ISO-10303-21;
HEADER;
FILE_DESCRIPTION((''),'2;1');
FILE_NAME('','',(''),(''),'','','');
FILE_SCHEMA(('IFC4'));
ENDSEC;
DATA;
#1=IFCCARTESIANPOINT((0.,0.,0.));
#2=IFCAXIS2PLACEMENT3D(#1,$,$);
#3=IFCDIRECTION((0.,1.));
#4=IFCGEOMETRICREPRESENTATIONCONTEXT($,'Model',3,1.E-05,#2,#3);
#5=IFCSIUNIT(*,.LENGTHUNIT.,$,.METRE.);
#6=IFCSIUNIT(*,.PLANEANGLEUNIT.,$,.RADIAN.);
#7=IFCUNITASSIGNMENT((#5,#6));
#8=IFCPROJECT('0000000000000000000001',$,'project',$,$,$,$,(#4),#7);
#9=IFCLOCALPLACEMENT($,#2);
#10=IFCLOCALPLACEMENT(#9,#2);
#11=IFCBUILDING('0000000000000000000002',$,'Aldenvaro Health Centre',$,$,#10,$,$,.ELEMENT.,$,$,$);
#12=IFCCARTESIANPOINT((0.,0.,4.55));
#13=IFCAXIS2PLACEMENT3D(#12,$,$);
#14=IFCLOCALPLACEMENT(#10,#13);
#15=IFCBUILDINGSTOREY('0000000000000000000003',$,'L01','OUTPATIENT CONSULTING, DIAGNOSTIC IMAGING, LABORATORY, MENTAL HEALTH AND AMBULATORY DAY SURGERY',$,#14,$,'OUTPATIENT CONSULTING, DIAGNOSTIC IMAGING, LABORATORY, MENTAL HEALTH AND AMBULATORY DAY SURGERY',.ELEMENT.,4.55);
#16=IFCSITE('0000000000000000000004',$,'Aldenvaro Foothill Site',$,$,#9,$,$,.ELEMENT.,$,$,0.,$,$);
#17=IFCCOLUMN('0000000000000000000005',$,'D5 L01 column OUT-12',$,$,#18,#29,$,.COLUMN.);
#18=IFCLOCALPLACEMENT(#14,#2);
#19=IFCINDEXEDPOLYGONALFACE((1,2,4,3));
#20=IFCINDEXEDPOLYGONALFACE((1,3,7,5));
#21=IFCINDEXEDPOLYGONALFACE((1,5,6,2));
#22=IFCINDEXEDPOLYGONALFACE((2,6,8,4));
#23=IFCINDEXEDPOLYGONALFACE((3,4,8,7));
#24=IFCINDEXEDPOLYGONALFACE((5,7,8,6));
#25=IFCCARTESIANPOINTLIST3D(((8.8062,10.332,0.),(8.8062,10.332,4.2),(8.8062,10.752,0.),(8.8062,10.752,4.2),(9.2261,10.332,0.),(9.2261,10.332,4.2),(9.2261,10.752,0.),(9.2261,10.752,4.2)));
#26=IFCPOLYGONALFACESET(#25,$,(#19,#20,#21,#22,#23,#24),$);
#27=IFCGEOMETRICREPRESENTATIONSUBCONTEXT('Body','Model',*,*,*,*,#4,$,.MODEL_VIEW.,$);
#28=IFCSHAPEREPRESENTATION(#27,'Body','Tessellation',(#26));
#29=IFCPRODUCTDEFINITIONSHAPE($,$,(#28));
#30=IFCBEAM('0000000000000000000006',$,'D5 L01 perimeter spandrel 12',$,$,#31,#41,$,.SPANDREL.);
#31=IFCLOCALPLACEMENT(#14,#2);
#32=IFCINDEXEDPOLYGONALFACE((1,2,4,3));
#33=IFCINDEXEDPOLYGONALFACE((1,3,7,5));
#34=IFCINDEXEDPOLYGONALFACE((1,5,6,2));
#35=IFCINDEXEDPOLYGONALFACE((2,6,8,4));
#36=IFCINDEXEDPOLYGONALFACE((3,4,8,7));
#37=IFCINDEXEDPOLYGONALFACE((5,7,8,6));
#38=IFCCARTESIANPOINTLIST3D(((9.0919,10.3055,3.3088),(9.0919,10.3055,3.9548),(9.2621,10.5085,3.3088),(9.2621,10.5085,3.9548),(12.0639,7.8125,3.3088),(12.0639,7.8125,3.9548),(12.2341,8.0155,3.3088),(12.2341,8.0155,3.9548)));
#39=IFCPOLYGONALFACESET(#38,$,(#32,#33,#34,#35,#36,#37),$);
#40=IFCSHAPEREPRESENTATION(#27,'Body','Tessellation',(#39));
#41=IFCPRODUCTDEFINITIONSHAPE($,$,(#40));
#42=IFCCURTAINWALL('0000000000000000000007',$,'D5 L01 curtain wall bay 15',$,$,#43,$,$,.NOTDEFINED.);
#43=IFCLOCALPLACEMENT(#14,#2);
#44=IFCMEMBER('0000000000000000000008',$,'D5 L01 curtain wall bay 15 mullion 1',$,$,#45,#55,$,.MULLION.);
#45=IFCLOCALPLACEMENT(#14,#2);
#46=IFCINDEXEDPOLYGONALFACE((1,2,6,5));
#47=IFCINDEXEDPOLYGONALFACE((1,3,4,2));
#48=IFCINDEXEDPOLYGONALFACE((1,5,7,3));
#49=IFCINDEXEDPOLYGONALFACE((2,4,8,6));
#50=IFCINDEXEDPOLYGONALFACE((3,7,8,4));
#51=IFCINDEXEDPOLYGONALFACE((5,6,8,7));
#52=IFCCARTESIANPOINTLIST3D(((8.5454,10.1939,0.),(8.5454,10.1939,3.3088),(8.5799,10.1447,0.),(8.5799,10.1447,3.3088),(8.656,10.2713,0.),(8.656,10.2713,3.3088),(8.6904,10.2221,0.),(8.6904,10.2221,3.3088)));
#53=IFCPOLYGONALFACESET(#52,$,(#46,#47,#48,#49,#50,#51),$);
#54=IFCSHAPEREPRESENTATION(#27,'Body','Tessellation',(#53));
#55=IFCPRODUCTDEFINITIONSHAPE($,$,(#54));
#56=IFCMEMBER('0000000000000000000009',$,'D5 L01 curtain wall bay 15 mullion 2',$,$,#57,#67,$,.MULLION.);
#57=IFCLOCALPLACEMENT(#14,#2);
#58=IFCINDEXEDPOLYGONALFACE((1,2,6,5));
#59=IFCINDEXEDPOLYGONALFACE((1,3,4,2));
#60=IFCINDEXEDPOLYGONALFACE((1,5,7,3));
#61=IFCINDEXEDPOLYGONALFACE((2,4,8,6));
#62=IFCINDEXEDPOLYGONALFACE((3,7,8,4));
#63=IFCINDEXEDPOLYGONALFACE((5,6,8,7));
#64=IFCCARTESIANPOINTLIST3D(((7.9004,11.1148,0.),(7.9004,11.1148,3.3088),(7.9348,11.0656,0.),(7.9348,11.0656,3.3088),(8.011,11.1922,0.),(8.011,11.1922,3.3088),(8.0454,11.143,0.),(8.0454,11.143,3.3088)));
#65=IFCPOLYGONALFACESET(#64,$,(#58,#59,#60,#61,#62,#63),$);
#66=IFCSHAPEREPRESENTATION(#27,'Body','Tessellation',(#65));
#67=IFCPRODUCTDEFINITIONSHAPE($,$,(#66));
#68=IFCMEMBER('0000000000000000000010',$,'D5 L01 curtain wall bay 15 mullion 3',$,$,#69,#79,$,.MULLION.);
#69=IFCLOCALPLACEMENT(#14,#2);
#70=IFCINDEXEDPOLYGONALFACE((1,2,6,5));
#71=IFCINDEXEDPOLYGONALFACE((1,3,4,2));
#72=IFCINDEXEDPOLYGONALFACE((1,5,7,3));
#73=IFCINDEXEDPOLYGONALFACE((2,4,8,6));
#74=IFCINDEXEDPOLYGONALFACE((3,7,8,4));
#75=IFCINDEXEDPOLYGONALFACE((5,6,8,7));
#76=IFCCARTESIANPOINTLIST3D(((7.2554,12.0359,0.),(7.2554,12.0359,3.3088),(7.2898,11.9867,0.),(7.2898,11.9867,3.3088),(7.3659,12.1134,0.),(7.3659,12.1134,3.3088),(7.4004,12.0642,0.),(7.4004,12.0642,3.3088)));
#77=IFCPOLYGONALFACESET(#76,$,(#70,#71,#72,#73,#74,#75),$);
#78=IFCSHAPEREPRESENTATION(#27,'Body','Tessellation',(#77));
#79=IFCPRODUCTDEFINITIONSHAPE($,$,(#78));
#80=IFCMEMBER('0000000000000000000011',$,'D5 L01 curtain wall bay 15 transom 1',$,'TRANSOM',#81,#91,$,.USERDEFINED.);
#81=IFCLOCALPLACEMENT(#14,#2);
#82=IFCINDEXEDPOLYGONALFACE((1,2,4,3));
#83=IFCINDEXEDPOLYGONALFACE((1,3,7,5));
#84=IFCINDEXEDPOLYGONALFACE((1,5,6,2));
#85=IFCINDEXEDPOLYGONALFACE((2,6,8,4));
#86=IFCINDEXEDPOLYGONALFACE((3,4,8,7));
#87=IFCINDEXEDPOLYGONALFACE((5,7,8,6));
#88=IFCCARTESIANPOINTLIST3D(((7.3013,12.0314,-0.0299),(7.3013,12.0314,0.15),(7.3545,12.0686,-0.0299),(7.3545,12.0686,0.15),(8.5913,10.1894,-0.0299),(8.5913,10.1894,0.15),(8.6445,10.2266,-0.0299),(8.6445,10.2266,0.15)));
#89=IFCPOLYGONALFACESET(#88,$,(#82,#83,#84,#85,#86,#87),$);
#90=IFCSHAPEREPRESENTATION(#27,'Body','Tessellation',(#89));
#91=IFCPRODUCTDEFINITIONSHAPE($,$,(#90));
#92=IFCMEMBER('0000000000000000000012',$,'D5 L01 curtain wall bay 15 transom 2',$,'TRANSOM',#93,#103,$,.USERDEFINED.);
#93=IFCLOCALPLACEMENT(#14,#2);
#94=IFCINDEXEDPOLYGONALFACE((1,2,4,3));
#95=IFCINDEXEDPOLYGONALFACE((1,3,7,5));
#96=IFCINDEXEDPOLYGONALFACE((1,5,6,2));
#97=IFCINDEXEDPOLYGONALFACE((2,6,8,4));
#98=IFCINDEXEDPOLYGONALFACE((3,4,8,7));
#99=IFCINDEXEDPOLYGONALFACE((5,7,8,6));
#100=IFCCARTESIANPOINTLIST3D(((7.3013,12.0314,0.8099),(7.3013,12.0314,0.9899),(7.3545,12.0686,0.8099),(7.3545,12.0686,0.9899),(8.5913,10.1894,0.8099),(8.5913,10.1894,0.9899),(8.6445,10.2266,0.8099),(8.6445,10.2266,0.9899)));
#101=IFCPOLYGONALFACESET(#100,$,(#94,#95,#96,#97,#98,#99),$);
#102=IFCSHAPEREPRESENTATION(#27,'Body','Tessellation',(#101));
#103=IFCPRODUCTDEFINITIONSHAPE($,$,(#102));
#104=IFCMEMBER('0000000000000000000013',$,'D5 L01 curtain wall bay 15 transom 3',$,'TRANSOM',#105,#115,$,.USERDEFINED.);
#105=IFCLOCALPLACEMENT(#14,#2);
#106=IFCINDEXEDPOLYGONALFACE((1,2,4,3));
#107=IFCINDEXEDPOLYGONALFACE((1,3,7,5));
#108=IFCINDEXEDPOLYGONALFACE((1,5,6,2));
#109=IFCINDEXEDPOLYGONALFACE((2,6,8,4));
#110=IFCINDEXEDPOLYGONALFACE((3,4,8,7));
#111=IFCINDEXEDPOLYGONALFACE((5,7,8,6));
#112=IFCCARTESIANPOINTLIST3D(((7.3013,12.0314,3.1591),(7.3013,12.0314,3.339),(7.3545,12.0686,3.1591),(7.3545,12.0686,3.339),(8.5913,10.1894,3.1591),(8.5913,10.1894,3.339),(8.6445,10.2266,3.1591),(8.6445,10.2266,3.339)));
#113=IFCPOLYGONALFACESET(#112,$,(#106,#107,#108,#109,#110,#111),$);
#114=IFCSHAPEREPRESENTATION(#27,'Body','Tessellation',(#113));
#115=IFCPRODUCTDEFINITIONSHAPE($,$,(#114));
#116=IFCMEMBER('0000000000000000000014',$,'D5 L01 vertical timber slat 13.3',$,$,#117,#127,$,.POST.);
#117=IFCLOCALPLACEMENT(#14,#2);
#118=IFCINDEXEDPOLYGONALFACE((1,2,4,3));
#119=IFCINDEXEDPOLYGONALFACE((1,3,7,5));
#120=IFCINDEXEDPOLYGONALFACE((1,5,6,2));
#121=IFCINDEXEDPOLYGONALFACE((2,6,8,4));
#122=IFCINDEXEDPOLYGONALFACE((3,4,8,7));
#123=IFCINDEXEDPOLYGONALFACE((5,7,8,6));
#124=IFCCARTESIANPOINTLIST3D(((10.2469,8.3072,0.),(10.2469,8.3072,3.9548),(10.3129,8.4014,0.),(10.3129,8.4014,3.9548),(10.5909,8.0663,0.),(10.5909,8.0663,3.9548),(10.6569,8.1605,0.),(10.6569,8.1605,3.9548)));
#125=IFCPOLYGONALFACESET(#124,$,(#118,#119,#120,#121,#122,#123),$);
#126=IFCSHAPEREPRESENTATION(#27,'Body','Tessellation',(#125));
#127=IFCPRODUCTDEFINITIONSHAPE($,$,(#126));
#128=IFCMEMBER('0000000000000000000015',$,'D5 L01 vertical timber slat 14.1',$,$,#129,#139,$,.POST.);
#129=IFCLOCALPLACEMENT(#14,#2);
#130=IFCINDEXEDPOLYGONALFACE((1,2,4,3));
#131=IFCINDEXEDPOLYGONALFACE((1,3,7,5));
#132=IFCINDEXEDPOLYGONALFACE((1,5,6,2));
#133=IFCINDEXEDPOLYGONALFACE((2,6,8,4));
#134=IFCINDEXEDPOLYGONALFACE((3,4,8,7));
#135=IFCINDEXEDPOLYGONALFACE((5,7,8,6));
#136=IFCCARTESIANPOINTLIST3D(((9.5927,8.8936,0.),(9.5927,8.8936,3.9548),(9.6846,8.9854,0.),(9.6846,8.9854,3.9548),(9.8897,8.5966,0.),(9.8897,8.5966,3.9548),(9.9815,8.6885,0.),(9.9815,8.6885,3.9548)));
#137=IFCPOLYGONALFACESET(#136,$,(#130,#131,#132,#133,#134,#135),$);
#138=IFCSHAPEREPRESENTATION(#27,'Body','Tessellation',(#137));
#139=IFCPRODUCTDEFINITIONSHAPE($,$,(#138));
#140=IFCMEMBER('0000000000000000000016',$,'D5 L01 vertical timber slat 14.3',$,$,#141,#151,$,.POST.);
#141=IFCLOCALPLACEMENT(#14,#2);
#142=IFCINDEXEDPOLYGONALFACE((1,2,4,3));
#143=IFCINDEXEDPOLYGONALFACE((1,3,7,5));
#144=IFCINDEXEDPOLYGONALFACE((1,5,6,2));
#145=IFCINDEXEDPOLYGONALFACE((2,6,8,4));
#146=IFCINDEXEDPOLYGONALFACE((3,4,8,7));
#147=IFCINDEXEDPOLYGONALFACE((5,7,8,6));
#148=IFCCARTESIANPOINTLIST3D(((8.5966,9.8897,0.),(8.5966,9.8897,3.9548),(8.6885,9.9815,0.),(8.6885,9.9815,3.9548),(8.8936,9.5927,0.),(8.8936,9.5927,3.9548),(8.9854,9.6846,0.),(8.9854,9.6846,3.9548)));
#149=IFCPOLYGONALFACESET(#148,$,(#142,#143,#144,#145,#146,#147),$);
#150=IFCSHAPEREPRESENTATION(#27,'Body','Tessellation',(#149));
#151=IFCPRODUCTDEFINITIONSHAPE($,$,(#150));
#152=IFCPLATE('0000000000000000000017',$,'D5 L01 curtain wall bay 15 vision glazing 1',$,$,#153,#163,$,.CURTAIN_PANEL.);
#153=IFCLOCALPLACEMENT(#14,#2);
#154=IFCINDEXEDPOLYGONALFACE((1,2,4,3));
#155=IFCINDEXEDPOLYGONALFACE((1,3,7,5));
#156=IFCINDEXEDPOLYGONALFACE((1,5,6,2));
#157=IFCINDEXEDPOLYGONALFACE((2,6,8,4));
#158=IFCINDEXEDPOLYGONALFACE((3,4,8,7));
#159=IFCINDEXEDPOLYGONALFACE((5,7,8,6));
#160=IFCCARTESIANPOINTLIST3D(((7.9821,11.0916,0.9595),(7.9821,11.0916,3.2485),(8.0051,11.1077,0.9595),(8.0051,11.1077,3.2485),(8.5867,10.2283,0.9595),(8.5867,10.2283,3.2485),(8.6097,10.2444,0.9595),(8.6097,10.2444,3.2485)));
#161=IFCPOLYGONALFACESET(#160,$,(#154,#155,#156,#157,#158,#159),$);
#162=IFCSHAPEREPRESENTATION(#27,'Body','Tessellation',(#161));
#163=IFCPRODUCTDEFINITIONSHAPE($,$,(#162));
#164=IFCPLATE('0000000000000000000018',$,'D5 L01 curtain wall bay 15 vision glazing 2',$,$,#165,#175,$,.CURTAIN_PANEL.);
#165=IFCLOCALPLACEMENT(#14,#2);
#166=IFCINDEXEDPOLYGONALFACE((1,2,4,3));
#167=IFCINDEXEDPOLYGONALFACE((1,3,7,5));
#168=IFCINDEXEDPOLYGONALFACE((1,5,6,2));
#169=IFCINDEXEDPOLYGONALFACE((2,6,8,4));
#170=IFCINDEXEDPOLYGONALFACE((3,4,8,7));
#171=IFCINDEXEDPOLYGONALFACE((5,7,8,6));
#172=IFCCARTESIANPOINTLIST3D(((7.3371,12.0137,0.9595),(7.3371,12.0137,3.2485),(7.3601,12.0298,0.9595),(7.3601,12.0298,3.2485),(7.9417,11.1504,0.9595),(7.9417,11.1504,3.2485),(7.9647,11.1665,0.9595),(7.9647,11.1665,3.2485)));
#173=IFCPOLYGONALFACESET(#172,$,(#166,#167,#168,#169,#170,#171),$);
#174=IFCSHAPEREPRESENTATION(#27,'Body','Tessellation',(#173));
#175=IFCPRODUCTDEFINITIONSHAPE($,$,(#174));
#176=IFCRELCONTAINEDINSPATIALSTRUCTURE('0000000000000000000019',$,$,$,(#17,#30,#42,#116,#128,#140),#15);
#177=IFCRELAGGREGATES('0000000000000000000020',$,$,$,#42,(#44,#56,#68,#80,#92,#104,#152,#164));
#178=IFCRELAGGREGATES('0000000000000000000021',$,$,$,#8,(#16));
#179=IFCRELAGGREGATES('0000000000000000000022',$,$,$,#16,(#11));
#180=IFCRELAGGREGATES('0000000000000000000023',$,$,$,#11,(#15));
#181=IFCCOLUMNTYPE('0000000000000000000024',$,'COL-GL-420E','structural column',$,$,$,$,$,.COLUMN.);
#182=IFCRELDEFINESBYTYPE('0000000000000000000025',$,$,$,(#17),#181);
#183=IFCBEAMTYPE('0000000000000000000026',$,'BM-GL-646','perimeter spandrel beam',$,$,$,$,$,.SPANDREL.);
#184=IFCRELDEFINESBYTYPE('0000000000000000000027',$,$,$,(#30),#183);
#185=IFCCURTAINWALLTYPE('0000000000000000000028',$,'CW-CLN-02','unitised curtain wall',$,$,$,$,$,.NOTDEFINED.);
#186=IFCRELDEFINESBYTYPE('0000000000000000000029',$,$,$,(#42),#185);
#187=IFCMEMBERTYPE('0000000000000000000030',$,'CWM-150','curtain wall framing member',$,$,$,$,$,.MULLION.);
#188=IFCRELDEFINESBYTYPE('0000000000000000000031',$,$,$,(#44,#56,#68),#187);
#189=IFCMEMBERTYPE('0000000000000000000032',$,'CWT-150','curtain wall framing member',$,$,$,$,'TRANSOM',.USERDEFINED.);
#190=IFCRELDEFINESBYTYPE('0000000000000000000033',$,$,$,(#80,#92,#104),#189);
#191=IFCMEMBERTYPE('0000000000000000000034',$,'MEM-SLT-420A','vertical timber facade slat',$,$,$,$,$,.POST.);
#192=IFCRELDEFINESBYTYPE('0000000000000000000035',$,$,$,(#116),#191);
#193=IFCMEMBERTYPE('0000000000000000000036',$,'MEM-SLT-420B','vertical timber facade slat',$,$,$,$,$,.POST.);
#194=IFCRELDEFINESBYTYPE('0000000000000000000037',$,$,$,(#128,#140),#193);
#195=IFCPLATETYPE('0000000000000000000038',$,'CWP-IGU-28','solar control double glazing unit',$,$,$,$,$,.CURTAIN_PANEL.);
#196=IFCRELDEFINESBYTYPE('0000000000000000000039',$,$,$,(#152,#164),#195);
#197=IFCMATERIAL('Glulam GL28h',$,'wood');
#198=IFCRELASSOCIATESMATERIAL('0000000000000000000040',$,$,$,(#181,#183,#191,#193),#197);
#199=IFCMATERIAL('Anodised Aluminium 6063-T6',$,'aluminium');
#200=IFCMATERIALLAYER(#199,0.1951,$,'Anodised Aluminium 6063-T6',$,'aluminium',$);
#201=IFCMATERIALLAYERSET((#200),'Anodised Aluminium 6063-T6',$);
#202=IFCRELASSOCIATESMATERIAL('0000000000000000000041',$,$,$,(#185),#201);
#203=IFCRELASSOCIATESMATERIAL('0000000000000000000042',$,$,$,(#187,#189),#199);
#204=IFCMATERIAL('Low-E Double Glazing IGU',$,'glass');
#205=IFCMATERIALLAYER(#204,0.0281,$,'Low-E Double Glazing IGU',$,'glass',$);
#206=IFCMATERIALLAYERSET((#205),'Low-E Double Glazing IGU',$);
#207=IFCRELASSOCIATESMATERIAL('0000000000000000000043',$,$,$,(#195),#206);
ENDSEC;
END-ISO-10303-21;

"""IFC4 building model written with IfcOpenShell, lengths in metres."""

from ifc_helpers import new_model, si_unit, direction, frame, origin, origin_2d, place, context, subcontext, project, spatial, rectangle, extrude, material, layer, layer_set, material_profile, profile_set, type_object, element, aggregate, save


model = new_model("IFC4")

# Units and contexts
model_context = context("Model", 3, precision=1e-05, world=origin(), true_north=direction((0.0, 1.0)))
body_context = subcontext(model_context, "Body", "Model", "MODEL_VIEW")
ifc_project = project(units=[si_unit("LENGTHUNIT", "METRE"), si_unit("PLANEANGLEUNIT", "RADIAN")], contexts=[model_context])

# Site, building, storey
site_placement = place(None, origin())
site = spatial("IfcSite", under=ifc_project, at=site_placement, Name="Aldenvaro Foothill Site", CompositionType="ELEMENT", RefElevation=0.0)
building_placement = place(site_placement, origin())
building = spatial("IfcBuilding", under=site, at=building_placement, Name="Aldenvaro Health Centre", CompositionType="ELEMENT")
storey_placement = place(building_placement, frame((0.0, 0.0, 4.55)))
storey = spatial("IfcBuildingStorey", under=building, at=storey_placement, Name="L01", Description="OUTPATIENT CONSULTING, DIAGNOSTIC IMAGING, LABORATORY, MENTAL HEALTH AND AMBULATORY DAY SURGERY", LongName="OUTPATIENT CONSULTING, DIAGNOSTIC IMAGING, LABORATORY, MENTAL HEALTH AND AMBULATORY DAY SURGERY", CompositionType="ELEMENT", Elevation=4.55)

# Column
ifc_material_1 = material(Name="Glulam GL28h", Category="wood")
ifc_material_profile_1 = material_profile(ifc_material_1, rectangle(XDim=0.4199, YDim=0.4199, at=origin_2d()), Name="GL 420x420", Category="wood")
ifc_profile_set_1 = profile_set([ifc_material_profile_1], Name="Glulam GL28h")
column_type = type_object("IfcColumnType", Name="COL-GL-420E", Description="structural column", PredefinedType="COLUMN", material=ifc_profile_set_1)
column_placement = place(storey_placement, frame((9.0161, 10.542, 0.0), z_axis=(0.0, 0.0, 1.0), x_axis=(1.0, 0.0, 0.0)))
element("IfcColumn", 1, at=column_placement, inside=storey, type_object=column_type, Name="D5 L01 column OUT-12", PredefinedType="COLUMN", context=body_context, shape_type="SweptSolid", body=[
    extrude(rectangle(XDim=0.4199, YDim=0.4199, at=origin_2d()), origin(), (0.0, 0.0, 1.0), 4.2),
])

# Beam
ifc_material_profile_2 = material_profile(ifc_material_1, rectangle(XDim=0.2649, YDim=0.646, at=origin_2d()), Name="GL 265x646", Category="wood")
ifc_profile_set_2 = profile_set([ifc_material_profile_2], Name="Glulam GL28h")
beam_type = type_object("IfcBeamType", Name="BM-GL-646", Description="perimeter spandrel beam", PredefinedType="SPANDREL", material=ifc_profile_set_2)
beam_placement = place(storey_placement, frame((9.177, 10.407, 3.6318), z_axis=(0.766149, -0.642664, 0.0), x_axis=(0.642664, 0.766149, 0.0)))
element("IfcBeam", 2, at=beam_placement, inside=storey, type_object=beam_type, Name="D5 L01 perimeter spandrel 12", PredefinedType="SPANDREL", context=body_context, shape_type="SweptSolid", body=[
    extrude(rectangle(XDim=0.2649, YDim=0.646, at=origin_2d()), origin(), (0.0, 0.0, 1.0), 3.8792),
])

# Curtain wall, members
ifc_material_2 = material(Name="Anodised Aluminium 6063-T6", Category="aluminium")
ifc_layer_1 = layer(ifc_material_2, 0.1951, Name="Anodised Aluminium 6063-T6", Category="aluminium")
ifc_layer_set_1 = layer_set([ifc_layer_1], Name="Anodised Aluminium 6063-T6")
curtain_wall_type = type_object("IfcCurtainWallType", Name="CW-CLN-02", Description="unitised curtain wall", PredefinedType="NOTDEFINED", material=ifc_layer_set_1)
curtain_wall_placement = place(storey_placement, origin())
curtain_wall = element("IfcCurtainWall", 3, at=curtain_wall_placement, inside=storey, type_object=curtain_wall_type, Name="D5 L01 curtain wall bay 15", PredefinedType="NOTDEFINED")
ifc_material_profile_3 = material_profile(ifc_material_2, rectangle(XDim=0.0601, YDim=0.135, at=origin_2d()), Name="ALU 60x135", Category="aluminium")
ifc_profile_set_3 = profile_set([ifc_material_profile_3], Name="Anodised Aluminium 6063-T6")
member_type_1 = type_object("IfcMemberType", Name="CWM-150", Description="curtain wall framing member", PredefinedType="MULLION", material=ifc_profile_set_3)
member_1_placement = place(storey_placement, frame((8.6179, 10.208, 0.0), z_axis=(0.0, 0.0, 1.0), x_axis=(-0.573641, 0.819107, 0.0)))
member_1 = element("IfcMember", 4, at=member_1_placement, type_object=member_type_1, Name="D5 L01 curtain wall bay 15 mullion 1", PredefinedType="MULLION", context=body_context, shape_type="SweptSolid", body=[
    extrude(rectangle(XDim=0.0601, YDim=0.135, at=origin_2d()), origin(), (0.0, 0.0, 1.0), 3.3088),
])
member_2_placement = place(storey_placement, frame((7.9729, 11.1289, 0.0), z_axis=(0.0, 0.0, 1.0), x_axis=(-0.573641, 0.819107, 0.0)))
member_2 = element("IfcMember", 5, at=member_2_placement, type_object=member_type_1, Name="D5 L01 curtain wall bay 15 mullion 2", PredefinedType="MULLION", context=body_context, shape_type="SweptSolid", body=[
    extrude(rectangle(XDim=0.0601, YDim=0.135, at=origin_2d()), origin(), (0.0, 0.0, 1.0), 3.3088),
])
member_3_placement = place(storey_placement, frame((7.3279, 12.05, 0.0), z_axis=(0.0, 0.0, 1.0), x_axis=(-0.573641, 0.819107, 0.0)))
member_3 = element("IfcMember", 6, at=member_3_placement, type_object=member_type_1, Name="D5 L01 curtain wall bay 15 mullion 3", PredefinedType="MULLION", context=body_context, shape_type="SweptSolid", body=[
    extrude(rectangle(XDim=0.0601, YDim=0.135, at=origin_2d()), origin(), (0.0, 0.0, 1.0), 3.3088),
])
ifc_material_profile_4 = material_profile(ifc_material_2, rectangle(XDim=0.0649, YDim=0.1799, at=origin_2d()), Name="ALU 65x180", Category="aluminium")
ifc_profile_set_4 = profile_set([ifc_material_profile_4], Name="Anodised Aluminium 6063-T6")
member_type_2 = type_object("IfcMemberType", Name="CWT-150", Description="curtain wall framing member", ElementType="TRANSOM", PredefinedType="USERDEFINED", material=ifc_profile_set_4)
member_4_placement = place(storey_placement, frame((8.6179, 10.208, 0.0601), z_axis=(-0.573644, 0.819104, 0.0), x_axis=(-0.819104, -0.573644, 0.0)))
member_4 = element("IfcMember", 7, at=member_4_placement, type_object=member_type_2, Name="D5 L01 curtain wall bay 15 transom 1", ObjectType="TRANSOM", PredefinedType="USERDEFINED", context=body_context, shape_type="SweptSolid", body=[
    extrude(rectangle(XDim=0.0649, YDim=0.1799, at=origin_2d()), origin(), (0.0, 0.0, 1.0), 2.2488),
])
member_5_placement = place(storey_placement, frame((8.6179, 10.208, 0.8999), z_axis=(-0.573644, 0.819104, 0.0), x_axis=(-0.819104, -0.573644, 0.0)))
member_5 = element("IfcMember", 8, at=member_5_placement, type_object=member_type_2, Name="D5 L01 curtain wall bay 15 transom 2", ObjectType="TRANSOM", PredefinedType="USERDEFINED", context=body_context, shape_type="SweptSolid", body=[
    extrude(rectangle(XDim=0.0649, YDim=0.1799, at=origin_2d()), origin(), (0.0, 0.0, 1.0), 2.2488),
])
member_6_placement = place(storey_placement, frame((8.6179, 10.208, 3.249), z_axis=(-0.573644, 0.819104, 0.0), x_axis=(-0.819104, -0.573644, 0.0)))
member_6 = element("IfcMember", 9, at=member_6_placement, type_object=member_type_2, Name="D5 L01 curtain wall bay 15 transom 3", ObjectType="TRANSOM", PredefinedType="USERDEFINED", context=body_context, shape_type="SweptSolid", body=[
    extrude(rectangle(XDim=0.0649, YDim=0.1799, at=origin_2d()), origin(), (0.0, 0.0, 1.0), 2.2488),
])

# Members
ifc_material_profile_5 = material_profile(ifc_material_1, rectangle(XDim=0.115, YDim=0.4199, at=origin_2d()), Name="GL 115x420", Category="wood")
ifc_profile_set_5 = profile_set([ifc_material_profile_5], Name="Glulam GL28h")
member_type_3 = type_object("IfcMemberType", Name="MEM-SLT-420A", Description="vertical timber facade slat", PredefinedType="POST", material=ifc_profile_set_5)
member_7_placement = place(storey_placement, frame((10.4519, 8.2339, 0.0), z_axis=(0.0, 0.0, 1.0), x_axis=(-0.573641, -0.819107, 0.0)))
element("IfcMember", 10, at=member_7_placement, inside=storey, type_object=member_type_3, Name="D5 L01 vertical timber slat 13.3", PredefinedType="POST", context=body_context, shape_type="SweptSolid", body=[
    extrude(rectangle(XDim=0.115, YDim=0.4199, at=origin_2d()), origin(), (0.0, 0.0, 1.0), 3.9548),
])
ifc_material_profile_6 = material_profile(ifc_material_1, rectangle(XDim=0.1299, YDim=0.4199, at=origin_2d()), Name="GL 130x420", Category="wood")
ifc_profile_set_6 = profile_set([ifc_material_profile_6], Name="Glulam GL28h")
member_type_4 = type_object("IfcMemberType", Name="MEM-SLT-420B", Description="vertical timber facade slat", PredefinedType="POST", material=ifc_profile_set_6)
for number, where, z_axis, x_axis, name in (
    (11, (9.7871, 8.791, 0.0), (0.0, 0.0, 1.0), (-0.707107, -0.707107, 0.0), "D5 L01 vertical timber slat 14.1"),
    (12, (8.791, 9.7871, 0.0), (0.0, 0.0, 1.0), (-0.707107, -0.707107, 0.0), "D5 L01 vertical timber slat 14.3"),
):
    element("IfcMember", number, at=place(storey_placement, frame(where, z_axis=z_axis, x_axis=x_axis)), inside=storey, type_object=member_type_4, Name=name, PredefinedType="POST", context=body_context, shape_type="SweptSolid", body=[
        extrude(rectangle(XDim=0.1299, YDim=0.4199, at=origin_2d()), origin(), (0.0, 0.0, 1.0), 3.9548),
    ])

# Plates
ifc_material_3 = material(Name="Low-E Double Glazing IGU", Category="glass")
ifc_layer_2 = layer(ifc_material_3, 0.0281, Name="Low-E Double Glazing IGU", Category="glass")
ifc_layer_set_2 = layer_set([ifc_layer_2], Name="Low-E Double Glazing IGU")
plate_type_1 = type_object("IfcPlateType", Name="CWP-IGU-28", Description="solar control double glazing unit", PredefinedType="CURTAIN_PANEL", material=ifc_layer_set_2)
plate_1_placement = place(storey_placement, frame((8.2959, 10.668, 0.9595), z_axis=(0.0, 0.0, 1.0), x_axis=(-0.573641, 0.819107, 0.0)))
plate_1 = element("IfcPlate", 13, at=plate_1_placement, type_object=plate_type_1, Name="D5 L01 curtain wall bay 15 vision glazing 1", PredefinedType="CURTAIN_PANEL", context=body_context, shape_type="SweptSolid", body=[
    extrude(rectangle(XDim=1.054, YDim=0.0281, at=origin_2d()), origin(), (0.0, 0.0, 1.0), 2.2891),
])
plate_2_placement = place(storey_placement, frame((7.6509, 11.5901, 0.9595), z_axis=(0.0, 0.0, 1.0), x_axis=(-0.573641, 0.819107, 0.0)))
plate_2 = element("IfcPlate", 14, at=plate_2_placement, type_object=plate_type_1, Name="D5 L01 curtain wall bay 15 vision glazing 2", PredefinedType="CURTAIN_PANEL", context=body_context, shape_type="SweptSolid", body=[
    extrude(rectangle(XDim=1.054, YDim=0.0281, at=origin_2d()), origin(), (0.0, 0.0, 1.0), 2.2891),
])
aggregate(curtain_wall, [member_1, member_2, member_3, member_4, member_5, member_6, plate_1, plate_2])

save(model, "model.ifc")
